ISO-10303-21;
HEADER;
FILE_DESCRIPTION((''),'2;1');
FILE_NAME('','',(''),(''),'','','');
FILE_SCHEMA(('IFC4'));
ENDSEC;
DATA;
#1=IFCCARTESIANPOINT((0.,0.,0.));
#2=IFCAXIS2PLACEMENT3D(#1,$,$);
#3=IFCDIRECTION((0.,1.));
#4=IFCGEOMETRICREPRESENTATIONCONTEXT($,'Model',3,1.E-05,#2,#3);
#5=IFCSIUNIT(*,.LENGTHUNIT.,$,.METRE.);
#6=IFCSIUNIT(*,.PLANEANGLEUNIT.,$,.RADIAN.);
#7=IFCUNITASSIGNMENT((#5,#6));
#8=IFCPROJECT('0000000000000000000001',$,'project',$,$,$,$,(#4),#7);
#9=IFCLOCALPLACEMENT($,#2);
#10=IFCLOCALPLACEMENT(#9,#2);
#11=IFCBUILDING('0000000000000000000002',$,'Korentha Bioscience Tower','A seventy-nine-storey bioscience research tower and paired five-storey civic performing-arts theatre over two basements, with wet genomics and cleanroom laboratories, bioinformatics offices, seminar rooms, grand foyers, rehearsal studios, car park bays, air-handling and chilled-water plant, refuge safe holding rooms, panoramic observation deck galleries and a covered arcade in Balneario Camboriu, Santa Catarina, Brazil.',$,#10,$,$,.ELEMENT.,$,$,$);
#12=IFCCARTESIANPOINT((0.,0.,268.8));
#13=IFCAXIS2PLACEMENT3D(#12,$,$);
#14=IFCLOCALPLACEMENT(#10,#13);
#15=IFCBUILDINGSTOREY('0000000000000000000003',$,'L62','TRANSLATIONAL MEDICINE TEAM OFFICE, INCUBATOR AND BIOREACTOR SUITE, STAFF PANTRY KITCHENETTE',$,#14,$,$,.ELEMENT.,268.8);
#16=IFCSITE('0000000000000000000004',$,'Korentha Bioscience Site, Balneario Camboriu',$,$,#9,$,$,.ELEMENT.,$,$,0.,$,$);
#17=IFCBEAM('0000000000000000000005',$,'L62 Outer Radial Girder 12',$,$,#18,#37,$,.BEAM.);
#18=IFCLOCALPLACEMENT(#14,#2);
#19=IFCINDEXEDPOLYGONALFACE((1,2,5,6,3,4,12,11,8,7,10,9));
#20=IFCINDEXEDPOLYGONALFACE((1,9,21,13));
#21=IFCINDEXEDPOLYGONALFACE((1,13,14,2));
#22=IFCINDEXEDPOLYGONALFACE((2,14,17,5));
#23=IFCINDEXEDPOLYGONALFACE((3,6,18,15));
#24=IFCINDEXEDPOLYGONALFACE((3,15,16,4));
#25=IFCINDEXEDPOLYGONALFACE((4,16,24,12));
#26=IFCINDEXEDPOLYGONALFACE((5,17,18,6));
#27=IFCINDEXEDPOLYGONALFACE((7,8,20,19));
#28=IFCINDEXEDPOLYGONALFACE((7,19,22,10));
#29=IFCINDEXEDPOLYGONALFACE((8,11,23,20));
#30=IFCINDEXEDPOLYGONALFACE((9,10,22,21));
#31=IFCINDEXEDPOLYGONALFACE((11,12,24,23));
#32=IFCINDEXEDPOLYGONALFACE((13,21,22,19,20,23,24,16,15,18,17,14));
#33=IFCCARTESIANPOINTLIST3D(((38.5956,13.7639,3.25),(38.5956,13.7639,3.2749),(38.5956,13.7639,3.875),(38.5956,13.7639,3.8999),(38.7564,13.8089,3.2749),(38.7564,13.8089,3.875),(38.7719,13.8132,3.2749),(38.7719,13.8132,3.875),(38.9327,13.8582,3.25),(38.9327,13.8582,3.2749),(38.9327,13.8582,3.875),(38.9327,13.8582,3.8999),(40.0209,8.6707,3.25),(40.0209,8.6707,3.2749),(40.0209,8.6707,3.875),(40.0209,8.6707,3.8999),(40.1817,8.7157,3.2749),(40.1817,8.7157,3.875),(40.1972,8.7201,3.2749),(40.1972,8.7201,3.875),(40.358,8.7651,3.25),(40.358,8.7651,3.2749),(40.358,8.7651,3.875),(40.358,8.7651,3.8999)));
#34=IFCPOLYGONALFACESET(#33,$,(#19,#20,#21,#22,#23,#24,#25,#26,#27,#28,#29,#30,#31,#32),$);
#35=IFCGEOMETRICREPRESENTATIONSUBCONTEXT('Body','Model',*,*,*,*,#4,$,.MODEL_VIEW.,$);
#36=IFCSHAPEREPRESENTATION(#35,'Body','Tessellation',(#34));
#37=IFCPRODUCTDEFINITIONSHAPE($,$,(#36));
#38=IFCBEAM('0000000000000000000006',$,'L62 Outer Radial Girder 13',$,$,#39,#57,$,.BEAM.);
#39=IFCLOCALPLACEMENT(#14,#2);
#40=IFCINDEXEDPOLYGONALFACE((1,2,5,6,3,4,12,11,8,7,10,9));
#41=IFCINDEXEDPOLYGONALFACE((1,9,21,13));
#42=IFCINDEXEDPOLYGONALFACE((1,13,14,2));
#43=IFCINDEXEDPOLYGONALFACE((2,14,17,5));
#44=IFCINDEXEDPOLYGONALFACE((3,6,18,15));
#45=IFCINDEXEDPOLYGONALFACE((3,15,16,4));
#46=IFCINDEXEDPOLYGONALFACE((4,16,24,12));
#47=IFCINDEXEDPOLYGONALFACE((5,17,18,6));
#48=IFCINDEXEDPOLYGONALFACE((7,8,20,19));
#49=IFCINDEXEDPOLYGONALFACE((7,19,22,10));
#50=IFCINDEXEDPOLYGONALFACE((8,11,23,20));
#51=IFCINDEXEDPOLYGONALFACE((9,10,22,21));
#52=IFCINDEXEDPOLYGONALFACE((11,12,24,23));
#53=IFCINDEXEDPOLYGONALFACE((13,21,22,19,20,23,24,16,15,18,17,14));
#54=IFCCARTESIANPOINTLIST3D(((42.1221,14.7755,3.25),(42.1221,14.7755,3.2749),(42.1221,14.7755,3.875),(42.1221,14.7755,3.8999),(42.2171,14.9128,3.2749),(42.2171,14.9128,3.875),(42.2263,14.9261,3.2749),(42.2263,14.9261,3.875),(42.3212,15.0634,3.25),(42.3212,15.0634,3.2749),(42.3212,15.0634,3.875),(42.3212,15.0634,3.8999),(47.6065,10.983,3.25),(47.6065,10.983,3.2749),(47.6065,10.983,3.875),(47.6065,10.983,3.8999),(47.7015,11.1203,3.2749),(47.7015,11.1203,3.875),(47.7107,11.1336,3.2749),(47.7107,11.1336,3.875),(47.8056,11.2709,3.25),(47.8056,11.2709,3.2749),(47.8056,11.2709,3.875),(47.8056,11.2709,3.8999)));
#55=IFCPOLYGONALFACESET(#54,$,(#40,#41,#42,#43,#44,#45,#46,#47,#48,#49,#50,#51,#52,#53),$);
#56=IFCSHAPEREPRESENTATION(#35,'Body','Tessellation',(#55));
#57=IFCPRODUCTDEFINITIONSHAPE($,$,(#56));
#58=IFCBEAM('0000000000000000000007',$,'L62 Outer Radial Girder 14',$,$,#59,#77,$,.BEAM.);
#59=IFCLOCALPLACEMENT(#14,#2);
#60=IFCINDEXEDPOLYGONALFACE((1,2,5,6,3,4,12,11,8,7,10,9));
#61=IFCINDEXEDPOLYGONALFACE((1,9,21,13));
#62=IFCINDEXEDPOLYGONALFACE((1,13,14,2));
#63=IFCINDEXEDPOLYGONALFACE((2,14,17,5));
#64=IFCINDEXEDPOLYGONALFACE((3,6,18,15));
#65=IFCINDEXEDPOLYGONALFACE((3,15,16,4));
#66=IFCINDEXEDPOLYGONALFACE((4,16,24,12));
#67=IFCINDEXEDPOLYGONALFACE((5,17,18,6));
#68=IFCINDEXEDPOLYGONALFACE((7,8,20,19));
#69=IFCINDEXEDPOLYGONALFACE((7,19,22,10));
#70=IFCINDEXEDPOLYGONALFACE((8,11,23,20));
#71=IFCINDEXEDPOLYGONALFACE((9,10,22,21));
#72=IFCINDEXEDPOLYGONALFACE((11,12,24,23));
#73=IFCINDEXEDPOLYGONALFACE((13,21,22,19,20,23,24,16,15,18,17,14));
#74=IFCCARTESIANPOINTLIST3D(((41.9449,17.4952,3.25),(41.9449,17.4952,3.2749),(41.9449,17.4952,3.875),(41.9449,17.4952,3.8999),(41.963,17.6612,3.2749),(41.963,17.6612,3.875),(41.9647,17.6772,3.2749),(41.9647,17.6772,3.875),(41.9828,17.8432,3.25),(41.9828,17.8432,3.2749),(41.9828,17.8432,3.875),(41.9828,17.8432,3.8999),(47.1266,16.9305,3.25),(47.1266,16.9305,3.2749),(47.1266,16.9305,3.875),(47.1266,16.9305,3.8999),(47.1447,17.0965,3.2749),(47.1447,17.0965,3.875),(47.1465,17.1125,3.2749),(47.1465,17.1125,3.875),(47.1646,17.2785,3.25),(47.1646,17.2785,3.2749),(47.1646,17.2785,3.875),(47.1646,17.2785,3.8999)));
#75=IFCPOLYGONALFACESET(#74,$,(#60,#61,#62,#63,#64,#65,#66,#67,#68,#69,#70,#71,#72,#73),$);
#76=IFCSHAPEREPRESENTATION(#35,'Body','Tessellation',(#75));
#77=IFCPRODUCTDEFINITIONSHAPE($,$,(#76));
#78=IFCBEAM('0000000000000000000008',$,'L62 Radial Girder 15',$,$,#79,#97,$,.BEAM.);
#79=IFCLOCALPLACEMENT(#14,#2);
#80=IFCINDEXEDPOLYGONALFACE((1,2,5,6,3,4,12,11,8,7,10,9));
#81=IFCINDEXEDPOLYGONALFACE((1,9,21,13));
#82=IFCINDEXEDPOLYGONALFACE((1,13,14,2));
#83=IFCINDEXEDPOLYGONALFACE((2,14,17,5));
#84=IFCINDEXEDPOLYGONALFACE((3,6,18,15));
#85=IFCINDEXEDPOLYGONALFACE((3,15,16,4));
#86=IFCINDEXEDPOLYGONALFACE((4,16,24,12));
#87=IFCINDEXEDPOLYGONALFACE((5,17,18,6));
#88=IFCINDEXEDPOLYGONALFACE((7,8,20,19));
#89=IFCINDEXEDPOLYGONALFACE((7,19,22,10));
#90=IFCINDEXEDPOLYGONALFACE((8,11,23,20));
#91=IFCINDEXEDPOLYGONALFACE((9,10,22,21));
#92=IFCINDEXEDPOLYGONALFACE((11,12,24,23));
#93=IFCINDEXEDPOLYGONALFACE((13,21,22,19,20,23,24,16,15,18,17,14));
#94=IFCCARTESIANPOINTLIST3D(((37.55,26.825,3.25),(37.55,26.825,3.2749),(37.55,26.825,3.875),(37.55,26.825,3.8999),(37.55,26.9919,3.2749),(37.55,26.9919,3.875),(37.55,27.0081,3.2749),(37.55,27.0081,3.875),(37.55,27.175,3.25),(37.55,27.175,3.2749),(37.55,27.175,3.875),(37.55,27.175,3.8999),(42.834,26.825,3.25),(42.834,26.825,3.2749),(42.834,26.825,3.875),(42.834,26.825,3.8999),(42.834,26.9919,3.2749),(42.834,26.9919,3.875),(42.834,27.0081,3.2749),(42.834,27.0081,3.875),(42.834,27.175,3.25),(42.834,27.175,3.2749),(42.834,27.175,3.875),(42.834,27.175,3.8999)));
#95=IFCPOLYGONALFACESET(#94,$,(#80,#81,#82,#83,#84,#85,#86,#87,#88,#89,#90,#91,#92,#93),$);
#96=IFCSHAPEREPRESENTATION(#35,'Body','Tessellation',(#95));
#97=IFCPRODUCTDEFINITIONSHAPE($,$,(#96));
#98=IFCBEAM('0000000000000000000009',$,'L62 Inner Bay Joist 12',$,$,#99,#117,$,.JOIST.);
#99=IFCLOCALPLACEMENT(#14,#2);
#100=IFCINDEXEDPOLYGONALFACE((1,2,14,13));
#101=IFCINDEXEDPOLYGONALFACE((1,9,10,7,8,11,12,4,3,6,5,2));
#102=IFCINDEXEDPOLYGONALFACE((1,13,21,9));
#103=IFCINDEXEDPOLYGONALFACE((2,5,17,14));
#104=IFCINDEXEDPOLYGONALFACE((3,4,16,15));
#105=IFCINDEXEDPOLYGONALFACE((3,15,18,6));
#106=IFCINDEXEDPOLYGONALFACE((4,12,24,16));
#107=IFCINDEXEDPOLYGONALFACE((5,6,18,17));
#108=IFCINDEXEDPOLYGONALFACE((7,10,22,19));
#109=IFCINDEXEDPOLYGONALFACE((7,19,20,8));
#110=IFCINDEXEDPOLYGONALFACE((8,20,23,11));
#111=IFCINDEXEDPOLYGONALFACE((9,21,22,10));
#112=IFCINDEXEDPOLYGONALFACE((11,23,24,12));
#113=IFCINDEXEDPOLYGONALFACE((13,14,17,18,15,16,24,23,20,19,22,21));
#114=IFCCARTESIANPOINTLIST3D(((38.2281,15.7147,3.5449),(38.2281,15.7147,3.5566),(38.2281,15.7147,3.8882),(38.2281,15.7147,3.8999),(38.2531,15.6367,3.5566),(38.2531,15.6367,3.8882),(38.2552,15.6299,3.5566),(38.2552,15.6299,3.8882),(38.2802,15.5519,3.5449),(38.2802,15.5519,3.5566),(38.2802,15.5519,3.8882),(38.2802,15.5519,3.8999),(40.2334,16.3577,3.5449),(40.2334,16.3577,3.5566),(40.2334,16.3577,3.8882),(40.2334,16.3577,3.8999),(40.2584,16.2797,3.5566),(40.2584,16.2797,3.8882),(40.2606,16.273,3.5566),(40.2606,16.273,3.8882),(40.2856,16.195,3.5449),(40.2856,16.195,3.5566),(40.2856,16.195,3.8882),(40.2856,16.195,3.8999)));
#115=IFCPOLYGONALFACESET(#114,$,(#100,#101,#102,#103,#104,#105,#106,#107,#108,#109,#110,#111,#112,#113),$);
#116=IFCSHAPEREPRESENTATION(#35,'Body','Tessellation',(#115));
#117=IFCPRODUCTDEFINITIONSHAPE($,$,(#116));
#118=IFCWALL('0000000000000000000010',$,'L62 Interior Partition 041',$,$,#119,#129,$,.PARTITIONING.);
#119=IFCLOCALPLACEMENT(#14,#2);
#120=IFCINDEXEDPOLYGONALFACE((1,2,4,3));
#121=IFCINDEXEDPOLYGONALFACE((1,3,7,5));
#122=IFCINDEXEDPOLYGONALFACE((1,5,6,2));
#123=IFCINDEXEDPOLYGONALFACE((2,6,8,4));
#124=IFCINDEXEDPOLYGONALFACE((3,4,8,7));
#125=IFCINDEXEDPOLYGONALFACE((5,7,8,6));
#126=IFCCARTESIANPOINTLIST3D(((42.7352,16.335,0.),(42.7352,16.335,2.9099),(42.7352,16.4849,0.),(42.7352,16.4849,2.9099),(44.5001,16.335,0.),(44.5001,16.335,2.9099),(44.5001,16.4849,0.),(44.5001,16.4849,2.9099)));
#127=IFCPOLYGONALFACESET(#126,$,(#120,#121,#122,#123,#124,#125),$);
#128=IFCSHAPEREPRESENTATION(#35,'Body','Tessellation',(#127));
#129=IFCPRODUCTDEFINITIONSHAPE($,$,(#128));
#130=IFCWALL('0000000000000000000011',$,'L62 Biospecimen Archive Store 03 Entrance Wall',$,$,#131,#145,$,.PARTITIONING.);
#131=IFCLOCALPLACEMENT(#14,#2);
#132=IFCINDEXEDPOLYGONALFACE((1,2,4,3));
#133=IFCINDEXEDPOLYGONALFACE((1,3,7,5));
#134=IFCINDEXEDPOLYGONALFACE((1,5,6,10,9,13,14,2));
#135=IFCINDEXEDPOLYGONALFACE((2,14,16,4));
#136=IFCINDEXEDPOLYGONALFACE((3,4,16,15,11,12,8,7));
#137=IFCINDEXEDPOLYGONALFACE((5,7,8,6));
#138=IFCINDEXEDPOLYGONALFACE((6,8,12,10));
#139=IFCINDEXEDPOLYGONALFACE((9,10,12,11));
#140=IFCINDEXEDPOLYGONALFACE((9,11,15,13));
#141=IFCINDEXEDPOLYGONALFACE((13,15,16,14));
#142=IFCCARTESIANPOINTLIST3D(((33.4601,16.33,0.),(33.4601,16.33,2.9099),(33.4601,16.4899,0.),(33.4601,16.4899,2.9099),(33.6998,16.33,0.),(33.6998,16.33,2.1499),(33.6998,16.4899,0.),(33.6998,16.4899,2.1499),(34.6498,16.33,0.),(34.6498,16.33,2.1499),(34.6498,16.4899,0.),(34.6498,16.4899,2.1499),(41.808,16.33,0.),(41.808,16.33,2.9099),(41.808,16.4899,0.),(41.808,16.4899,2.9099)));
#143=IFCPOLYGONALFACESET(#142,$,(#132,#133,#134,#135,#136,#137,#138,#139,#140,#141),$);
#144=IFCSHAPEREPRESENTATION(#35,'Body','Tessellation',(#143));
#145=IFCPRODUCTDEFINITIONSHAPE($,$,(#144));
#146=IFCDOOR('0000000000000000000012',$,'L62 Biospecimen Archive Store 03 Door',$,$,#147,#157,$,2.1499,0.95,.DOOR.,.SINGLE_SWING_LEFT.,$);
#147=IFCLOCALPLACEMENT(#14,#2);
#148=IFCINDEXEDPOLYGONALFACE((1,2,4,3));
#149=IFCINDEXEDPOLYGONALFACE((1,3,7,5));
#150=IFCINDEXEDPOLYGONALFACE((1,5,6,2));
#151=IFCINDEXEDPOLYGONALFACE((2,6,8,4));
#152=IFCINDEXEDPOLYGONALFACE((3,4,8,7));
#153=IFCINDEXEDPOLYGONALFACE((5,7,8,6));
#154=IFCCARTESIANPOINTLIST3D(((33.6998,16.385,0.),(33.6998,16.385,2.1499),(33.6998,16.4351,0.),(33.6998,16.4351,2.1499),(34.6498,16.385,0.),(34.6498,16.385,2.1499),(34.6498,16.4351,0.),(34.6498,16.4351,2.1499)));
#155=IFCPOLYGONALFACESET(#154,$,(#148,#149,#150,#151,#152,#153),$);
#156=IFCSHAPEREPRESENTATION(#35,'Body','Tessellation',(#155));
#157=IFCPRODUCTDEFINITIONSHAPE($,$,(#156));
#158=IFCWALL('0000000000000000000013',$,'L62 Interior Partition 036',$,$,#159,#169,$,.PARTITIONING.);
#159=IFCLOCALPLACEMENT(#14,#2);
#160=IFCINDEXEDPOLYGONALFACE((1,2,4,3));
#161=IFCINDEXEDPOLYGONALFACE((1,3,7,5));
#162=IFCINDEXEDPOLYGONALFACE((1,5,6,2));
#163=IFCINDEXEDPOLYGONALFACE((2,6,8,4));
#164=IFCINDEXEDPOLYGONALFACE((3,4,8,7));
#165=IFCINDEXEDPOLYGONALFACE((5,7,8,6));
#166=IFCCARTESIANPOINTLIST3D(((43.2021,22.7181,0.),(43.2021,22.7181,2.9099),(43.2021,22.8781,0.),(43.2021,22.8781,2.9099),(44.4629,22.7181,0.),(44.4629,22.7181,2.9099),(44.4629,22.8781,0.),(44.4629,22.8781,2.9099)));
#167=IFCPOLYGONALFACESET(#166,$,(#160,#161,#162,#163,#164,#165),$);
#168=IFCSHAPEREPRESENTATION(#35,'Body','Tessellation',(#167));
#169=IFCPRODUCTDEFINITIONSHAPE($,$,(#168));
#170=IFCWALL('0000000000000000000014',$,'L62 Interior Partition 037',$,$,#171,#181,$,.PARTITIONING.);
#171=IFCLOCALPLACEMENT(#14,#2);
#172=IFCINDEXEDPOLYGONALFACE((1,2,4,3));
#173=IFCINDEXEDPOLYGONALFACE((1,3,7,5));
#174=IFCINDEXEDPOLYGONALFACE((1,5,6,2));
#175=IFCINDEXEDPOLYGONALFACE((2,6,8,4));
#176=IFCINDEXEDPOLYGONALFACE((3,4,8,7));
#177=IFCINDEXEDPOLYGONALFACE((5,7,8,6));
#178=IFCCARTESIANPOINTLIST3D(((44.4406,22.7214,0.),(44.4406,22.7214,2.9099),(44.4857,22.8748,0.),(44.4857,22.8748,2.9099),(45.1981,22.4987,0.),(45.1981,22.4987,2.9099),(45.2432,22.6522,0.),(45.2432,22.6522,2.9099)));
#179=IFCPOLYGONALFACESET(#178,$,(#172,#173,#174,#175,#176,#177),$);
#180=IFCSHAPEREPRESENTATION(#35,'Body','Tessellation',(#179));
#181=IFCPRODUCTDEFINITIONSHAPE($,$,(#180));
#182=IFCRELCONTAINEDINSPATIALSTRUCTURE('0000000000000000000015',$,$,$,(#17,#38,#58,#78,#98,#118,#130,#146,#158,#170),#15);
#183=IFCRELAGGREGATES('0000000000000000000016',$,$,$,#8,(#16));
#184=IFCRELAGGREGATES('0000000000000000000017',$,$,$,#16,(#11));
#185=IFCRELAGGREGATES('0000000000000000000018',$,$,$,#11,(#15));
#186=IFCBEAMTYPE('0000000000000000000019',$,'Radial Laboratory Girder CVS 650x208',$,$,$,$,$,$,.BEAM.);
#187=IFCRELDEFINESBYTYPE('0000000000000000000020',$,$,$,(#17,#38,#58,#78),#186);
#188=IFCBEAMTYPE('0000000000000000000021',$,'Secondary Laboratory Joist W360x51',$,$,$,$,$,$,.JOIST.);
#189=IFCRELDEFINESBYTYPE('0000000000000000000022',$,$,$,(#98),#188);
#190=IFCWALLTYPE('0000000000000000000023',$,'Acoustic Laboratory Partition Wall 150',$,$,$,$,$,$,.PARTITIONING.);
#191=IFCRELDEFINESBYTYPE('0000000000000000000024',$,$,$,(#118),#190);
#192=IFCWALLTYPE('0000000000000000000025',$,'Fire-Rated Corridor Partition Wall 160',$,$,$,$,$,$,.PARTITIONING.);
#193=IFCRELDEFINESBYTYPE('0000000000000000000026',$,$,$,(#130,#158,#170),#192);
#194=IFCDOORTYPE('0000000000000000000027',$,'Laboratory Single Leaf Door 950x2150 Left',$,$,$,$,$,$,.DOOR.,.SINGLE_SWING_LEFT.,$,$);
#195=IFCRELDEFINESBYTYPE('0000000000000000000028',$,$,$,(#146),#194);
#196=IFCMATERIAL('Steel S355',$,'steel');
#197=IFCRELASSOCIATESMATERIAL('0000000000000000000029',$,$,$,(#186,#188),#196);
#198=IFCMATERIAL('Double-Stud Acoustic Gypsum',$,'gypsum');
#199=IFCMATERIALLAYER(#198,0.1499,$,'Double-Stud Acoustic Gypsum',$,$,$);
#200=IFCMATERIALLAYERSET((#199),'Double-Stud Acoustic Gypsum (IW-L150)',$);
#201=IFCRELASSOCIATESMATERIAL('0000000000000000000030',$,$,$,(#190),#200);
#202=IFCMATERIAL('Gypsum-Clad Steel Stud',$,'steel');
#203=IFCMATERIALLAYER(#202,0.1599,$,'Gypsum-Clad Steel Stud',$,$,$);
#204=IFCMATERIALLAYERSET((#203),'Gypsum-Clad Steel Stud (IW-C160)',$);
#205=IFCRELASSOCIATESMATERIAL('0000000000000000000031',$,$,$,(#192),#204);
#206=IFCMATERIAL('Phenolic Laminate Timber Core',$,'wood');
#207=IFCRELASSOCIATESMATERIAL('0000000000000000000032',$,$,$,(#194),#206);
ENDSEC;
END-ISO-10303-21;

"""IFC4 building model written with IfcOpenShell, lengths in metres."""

from ifc_helpers import new_model, si_unit, direction, frame, frame_2d, origin, origin_2d, place, context, subcontext, project, spatial, rectangle, i_section, extrude, material, layer, layer_set, material_profile, profile_set, type_object, element, fill, save


model = new_model("IFC4")

# Units and contexts
model_context = context("Model", 3, precision=1e-05, world=origin(), true_north=direction((0.0, 1.0)))
body_context = subcontext(model_context, "Body", "Model", "MODEL_VIEW")
ifc_project = project(units=[si_unit("LENGTHUNIT", "METRE"), si_unit("PLANEANGLEUNIT", "RADIAN")], contexts=[model_context])

# Site, building, storey
site_placement = place(None, origin())
site = spatial("IfcSite", under=ifc_project, at=site_placement, Name="Korentha Bioscience Site, Balneario Camboriu", CompositionType="ELEMENT", RefElevation=0.0)
building_placement = place(site_placement, origin())
building = spatial("IfcBuilding", under=site, at=building_placement, Name="Korentha Bioscience Tower", Description="A seventy-nine-storey bioscience research tower and paired five-storey civic performing-arts theatre over two basements, with wet genomics and cleanroom laboratories, bioinformatics offices, seminar rooms, grand foyers, rehearsal studios, car park bays, air-handling and chilled-water plant, refuge safe holding rooms, panoramic observation deck galleries and a covered arcade in Balneario Camboriu, Santa Catarina, Brazil.", CompositionType="ELEMENT")
storey_placement = place(building_placement, frame((0.0, 0.0, 268.8)))
storey = spatial("IfcBuildingStorey", under=building, at=storey_placement, Name="L62", Description="TRANSLATIONAL MEDICINE TEAM OFFICE, INCUBATOR AND BIOREACTOR SUITE, STAFF PANTRY KITCHENETTE", CompositionType="ELEMENT", Elevation=268.8)

# Beams
ifc_material_1 = material(Name="Steel S355", Category="steel")
ifc_material_profile_1 = material_profile(ifc_material_1, i_section(OverallWidth=0.3501, OverallDepth=0.6499, WebThickness=0.0161, FlangeThickness=0.0249, at=origin_2d()), Name="Steel S355")
ifc_profile_set_1 = profile_set([ifc_material_profile_1], Name="Steel S355 (RB-650)")
beam_type_1 = type_object("IfcBeamType", Name="Radial Laboratory Girder CVS 650x208", PredefinedType="BEAM", material=ifc_profile_set_1)
beam_1_placement = place(storey_placement, frame((38.7642, 13.811, 3.575), z_axis=(0.269486, -0.963004, 0.0), x_axis=(0.963004, 0.269486, 0.0)))
element("IfcBeam", 1, at=beam_1_placement, inside=storey, type_object=beam_type_1, Name="L62 Outer Radial Girder 12", PredefinedType="BEAM", context=body_context, shape_type="SweptSolid", body=[
    extrude(i_section(OverallWidth=0.3501, OverallDepth=0.6499, WebThickness=0.0161, FlangeThickness=0.0249, at=origin_2d()), origin(), (0.0, 0.0, 1.0), 5.2888),
])
beam_2_placement = place(storey_placement, frame((42.2217, 14.9194, 3.575), z_axis=(0.822501, -0.568764, 0.0), x_axis=(0.568764, 0.822501, 0.0)))
element("IfcBeam", 2, at=beam_2_placement, inside=storey, type_object=beam_type_1, Name="L62 Outer Radial Girder 13", PredefinedType="BEAM", context=body_context, shape_type="SweptSolid", body=[
    extrude(i_section(OverallWidth=0.3501, OverallDepth=0.6499, WebThickness=0.0161, FlangeThickness=0.0249, at=origin_2d()), origin(), (0.0, 0.0, 1.0), 6.668),
])
beam_3_placement = place(storey_placement, frame((41.9639, 17.6692, 3.575), z_axis=(0.994114, -0.108339, 0.0), x_axis=(0.108339, 0.994114, 0.0)))
element("IfcBeam", 3, at=beam_3_placement, inside=storey, type_object=beam_type_1, Name="L62 Outer Radial Girder 14", PredefinedType="BEAM", context=body_context, shape_type="SweptSolid", body=[
    extrude(i_section(OverallWidth=0.3501, OverallDepth=0.6499, WebThickness=0.0161, FlangeThickness=0.0249, at=origin_2d()), origin(), (0.0, 0.0, 1.0), 5.2124),
])
beam_4_placement = place(storey_placement, frame((37.55, 27.0, 3.575), z_axis=(1.0, 0.0, 0.0), x_axis=(0.0, 1.0, 0.0)))
element("IfcBeam", 4, at=beam_4_placement, inside=storey, type_object=beam_type_1, Name="L62 Radial Girder 15", PredefinedType="BEAM", context=body_context, shape_type="SweptSolid", body=[
    extrude(i_section(OverallWidth=0.3501, OverallDepth=0.6499, WebThickness=0.0161, FlangeThickness=0.0249, at=origin_2d()), origin(), (0.0, 0.0, 1.0), 5.2839),
])
ifc_material_profile_2 = material_profile(ifc_material_1, i_section(OverallWidth=0.1709, OverallDepth=0.355, WebThickness=0.0071, FlangeThickness=0.0117, at=origin_2d()), Name="Steel S355")
ifc_profile_set_2 = profile_set([ifc_material_profile_2], Name="Steel S355 (JB-360)")
beam_type_2 = type_object("IfcBeamType", Name="Secondary Laboratory Joist W360x51", PredefinedType="JOIST", material=ifc_profile_set_2)
beam_5_placement = place(storey_placement, frame((38.2542, 15.6333, 3.7224), z_axis=(0.952238, 0.305356, 0.0), x_axis=(-0.305356, 0.952238, 0.0)))
element("IfcBeam", 5, at=beam_5_placement, inside=storey, type_object=beam_type_2, Name="L62 Inner Bay Joist 12", PredefinedType="JOIST", context=body_context, shape_type="SweptSolid", body=[
    extrude(i_section(OverallWidth=0.1709, OverallDepth=0.355, WebThickness=0.0071, FlangeThickness=0.0117, at=origin_2d()), origin(), (0.0, 0.0, 1.0), 2.106),
])

# Wall
ifc_material_2 = material(Name="Double-Stud Acoustic Gypsum", Category="gypsum")
ifc_layer_1 = layer(ifc_material_2, 0.1499, Name="Double-Stud Acoustic Gypsum")
ifc_layer_set_1 = layer_set([ifc_layer_1], Name="Double-Stud Acoustic Gypsum (IW-L150)")
wall_type_1 = type_object("IfcWallType", Name="Acoustic Laboratory Partition Wall 150", PredefinedType="PARTITIONING", material=ifc_layer_set_1)
wall_1_placement = place(storey_placement, frame((44.5, 16.4099, 0.0), z_axis=(0.0, 0.0, 1.0), x_axis=(-1.0, 0.0, 0.0)))
element("IfcWall", 6, at=wall_1_placement, inside=storey, type_object=wall_type_1, Name="L62 Interior Partition 041", PredefinedType="PARTITIONING", context=body_context, shape_type="SweptSolid", body=[
    extrude(rectangle(XDim=1.7649, YDim=0.1499, at=frame_2d((0.8823, 0.0))), origin(), (0.0, 0.0, 1.0), 2.9099),
])

# Wall, opening, door
ifc_material_3 = material(Name="Gypsum-Clad Steel Stud", Category="steel")
ifc_layer_2 = layer(ifc_material_3, 0.1599, Name="Gypsum-Clad Steel Stud")
ifc_layer_set_2 = layer_set([ifc_layer_2], Name="Gypsum-Clad Steel Stud (IW-C160)")
wall_type_2 = type_object("IfcWallType", Name="Fire-Rated Corridor Partition Wall 160", PredefinedType="PARTITIONING", material=ifc_layer_set_2)
wall_2_placement = place(storey_placement, frame((41.8079, 16.4099, 0.0), z_axis=(0.0, 0.0, 1.0), x_axis=(-1.0, 0.0, 0.0)))
wall_2 = element("IfcWall", 7, at=wall_2_placement, inside=storey, type_object=wall_type_2, Name="L62 Biospecimen Archive Store 03 Entrance Wall", PredefinedType="PARTITIONING", context=body_context, shape_type="SweptSolid", body=[
    extrude(rectangle(XDim=8.3479, YDim=0.1599, at=frame_2d((4.1738, 0.0))), origin(), (0.0, 0.0, 1.0), 2.9099),
])
opening_placement = place(wall_2_placement, frame((7.158, 0.0, 0.0)))
opening = element("IfcOpeningElement", 8, at=opening_placement, cuts=wall_2, PredefinedType="OPENING", context=body_context, shape_type="SweptSolid", body=[
    extrude(rectangle(XDim=0.95, YDim=2.1499, at=frame_2d((0.4751, 1.075))), frame((0.0, 0.0947, 0.0), z_axis=(0.0, -1.0, 0.0), x_axis=(1.0, 0.0, 0.0)), (0.0, 0.0, 1.0), 0.1897),
])
ifc_material_4 = material(Name="Phenolic Laminate Timber Core", Category="wood")
door_type = type_object("IfcDoorType", Name="Laboratory Single Leaf Door 950x2150 Left", OperationType="SINGLE_SWING_LEFT", PredefinedType="DOOR", material=ifc_material_4)
door_placement = place(opening_placement, origin())
door = element("IfcDoor", 9, at=door_placement, inside=storey, type_object=door_type, Name="L62 Biospecimen Archive Store 03 Door", OperationType="SINGLE_SWING_LEFT", OverallHeight=2.1499, OverallWidth=0.95, PredefinedType="DOOR", context=body_context, shape_type="SweptSolid", body=[
    extrude(rectangle(XDim=0.95, YDim=2.1499, at=frame_2d((0.4751, 1.075))), frame((0.0, 0.0249, 0.0), z_axis=(0.0, -1.0, 0.0), x_axis=(1.0, 0.0, 0.0)), (0.0, 0.0, 1.0), 0.05),
])
fill(opening, door)

# Walls
wall_3_placement = place(storey_placement, frame((43.2021, 22.7981, 0.0), z_axis=(0.0, 0.0, 1.0), x_axis=(1.0, 0.0, 0.0)))
element("IfcWall", 10, at=wall_3_placement, inside=storey, type_object=wall_type_2, Name="L62 Interior Partition 036", PredefinedType="PARTITIONING", context=body_context, shape_type="SweptSolid", body=[
    extrude(rectangle(XDim=1.2607, YDim=0.1599, at=frame_2d((0.6304, 0.0))), origin(), (0.0, 0.0, 1.0), 2.9099),
])
wall_4_placement = place(storey_placement, frame((44.4631, 22.7981, 0.0), z_axis=(0.0, 0.0, 1.0), x_axis=(0.95942, -0.281982, 0.0)))
element("IfcWall", 11, at=wall_4_placement, inside=storey, type_object=wall_type_2, Name="L62 Interior Partition 037", PredefinedType="PARTITIONING", context=body_context, shape_type="SweptSolid", body=[
    extrude(rectangle(XDim=0.7896, YDim=0.1599, at=frame_2d((0.3948, 0.0))), origin(), (0.0, 0.0, 1.0), 2.9099),
])

save(model, "model.ifc")
